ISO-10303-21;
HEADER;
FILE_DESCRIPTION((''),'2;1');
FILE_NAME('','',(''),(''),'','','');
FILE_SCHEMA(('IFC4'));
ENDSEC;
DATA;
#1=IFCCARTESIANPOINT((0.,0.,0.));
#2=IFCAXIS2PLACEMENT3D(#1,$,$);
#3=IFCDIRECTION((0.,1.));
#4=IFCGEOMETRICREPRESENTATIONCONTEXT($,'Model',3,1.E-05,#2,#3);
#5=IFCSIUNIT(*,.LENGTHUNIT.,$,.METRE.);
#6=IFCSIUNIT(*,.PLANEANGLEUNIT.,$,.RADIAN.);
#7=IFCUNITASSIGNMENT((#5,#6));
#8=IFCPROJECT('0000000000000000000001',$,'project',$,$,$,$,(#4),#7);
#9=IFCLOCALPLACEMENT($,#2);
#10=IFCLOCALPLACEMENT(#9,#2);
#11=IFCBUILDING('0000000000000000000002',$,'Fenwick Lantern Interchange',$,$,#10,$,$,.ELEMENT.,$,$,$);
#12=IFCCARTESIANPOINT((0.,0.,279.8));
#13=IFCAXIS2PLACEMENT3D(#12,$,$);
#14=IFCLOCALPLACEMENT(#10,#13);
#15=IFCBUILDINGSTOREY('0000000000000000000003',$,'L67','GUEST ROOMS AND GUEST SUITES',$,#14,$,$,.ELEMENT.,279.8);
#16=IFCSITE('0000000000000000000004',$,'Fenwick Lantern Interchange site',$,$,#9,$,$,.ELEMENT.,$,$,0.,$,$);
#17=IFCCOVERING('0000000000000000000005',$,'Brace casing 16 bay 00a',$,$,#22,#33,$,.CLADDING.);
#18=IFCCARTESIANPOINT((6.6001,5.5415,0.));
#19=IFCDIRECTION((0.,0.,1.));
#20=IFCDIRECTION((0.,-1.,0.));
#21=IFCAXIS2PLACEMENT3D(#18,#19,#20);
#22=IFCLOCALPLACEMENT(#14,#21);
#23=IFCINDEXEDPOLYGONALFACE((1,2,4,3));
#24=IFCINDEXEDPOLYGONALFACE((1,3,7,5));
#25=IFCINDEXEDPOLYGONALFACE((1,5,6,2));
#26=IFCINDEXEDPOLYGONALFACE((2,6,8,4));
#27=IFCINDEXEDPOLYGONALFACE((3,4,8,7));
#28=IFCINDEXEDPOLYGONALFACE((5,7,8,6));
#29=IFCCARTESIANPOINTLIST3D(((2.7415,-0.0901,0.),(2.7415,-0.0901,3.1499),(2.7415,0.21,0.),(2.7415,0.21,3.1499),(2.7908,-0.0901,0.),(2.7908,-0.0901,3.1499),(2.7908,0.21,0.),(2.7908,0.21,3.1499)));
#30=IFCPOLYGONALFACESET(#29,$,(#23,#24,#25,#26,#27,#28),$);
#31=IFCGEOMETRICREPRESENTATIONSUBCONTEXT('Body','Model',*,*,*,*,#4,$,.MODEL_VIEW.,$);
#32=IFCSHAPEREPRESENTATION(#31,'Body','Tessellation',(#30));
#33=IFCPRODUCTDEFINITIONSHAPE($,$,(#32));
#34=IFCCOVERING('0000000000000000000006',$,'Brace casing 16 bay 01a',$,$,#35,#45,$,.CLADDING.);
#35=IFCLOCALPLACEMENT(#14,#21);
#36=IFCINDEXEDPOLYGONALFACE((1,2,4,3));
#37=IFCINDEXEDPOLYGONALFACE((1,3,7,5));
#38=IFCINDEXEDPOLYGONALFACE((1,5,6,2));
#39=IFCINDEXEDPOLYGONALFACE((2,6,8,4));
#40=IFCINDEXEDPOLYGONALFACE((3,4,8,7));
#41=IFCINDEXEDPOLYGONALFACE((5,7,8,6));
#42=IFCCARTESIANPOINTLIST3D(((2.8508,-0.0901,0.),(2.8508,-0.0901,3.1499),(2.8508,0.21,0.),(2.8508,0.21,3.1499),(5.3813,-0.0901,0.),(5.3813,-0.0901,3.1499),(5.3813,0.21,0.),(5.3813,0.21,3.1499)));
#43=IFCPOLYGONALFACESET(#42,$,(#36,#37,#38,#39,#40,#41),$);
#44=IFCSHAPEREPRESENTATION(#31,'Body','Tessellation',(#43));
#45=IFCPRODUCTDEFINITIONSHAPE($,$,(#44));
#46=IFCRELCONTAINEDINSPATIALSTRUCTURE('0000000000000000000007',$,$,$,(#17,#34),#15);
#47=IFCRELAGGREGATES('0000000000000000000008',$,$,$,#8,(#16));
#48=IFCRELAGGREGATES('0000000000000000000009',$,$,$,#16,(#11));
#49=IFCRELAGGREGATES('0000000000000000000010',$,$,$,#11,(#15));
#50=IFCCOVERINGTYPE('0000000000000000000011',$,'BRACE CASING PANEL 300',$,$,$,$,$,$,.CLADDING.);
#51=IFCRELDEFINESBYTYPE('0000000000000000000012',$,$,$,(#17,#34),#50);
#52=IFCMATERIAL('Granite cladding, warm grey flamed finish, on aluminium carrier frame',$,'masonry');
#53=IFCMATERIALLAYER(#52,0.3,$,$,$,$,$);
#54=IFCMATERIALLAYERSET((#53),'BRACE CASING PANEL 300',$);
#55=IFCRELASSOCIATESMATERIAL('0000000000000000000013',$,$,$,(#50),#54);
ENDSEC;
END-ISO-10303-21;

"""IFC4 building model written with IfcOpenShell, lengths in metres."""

from ifc_helpers import new_model, si_unit, direction, frame, origin, place, context, subcontext, project, spatial, polyline, outline, extrude, material, layer, layer_set, type_object, element, save


model = new_model("IFC4")

# Units and contexts
model_context = context("Model", 3, precision=1e-05, world=origin(), true_north=direction((0.0, 1.0)))
body_context = subcontext(model_context, "Body", "Model", "MODEL_VIEW")
ifc_project = project(units=[si_unit("LENGTHUNIT", "METRE"), si_unit("PLANEANGLEUNIT", "RADIAN")], contexts=[model_context])

# Site, building, storey
site_placement = place(None, origin())
site = spatial("IfcSite", under=ifc_project, at=site_placement, Name="Fenwick Lantern Interchange site", CompositionType="ELEMENT", RefElevation=0.0)
building_placement = place(site_placement, origin())
building = spatial("IfcBuilding", under=site, at=building_placement, Name="Fenwick Lantern Interchange", CompositionType="ELEMENT")
storey_placement = place(building_placement, frame((0.0, 0.0, 279.8)))
storey = spatial("IfcBuildingStorey", under=building, at=storey_placement, Name="L67", Description="GUEST ROOMS AND GUEST SUITES", CompositionType="ELEMENT", Elevation=279.8)

# Coverings
ifc_material_1 = material(Name="Granite cladding, warm grey flamed finish, on aluminium carrier frame", Category="masonry")
ifc_layer_1 = layer(ifc_material_1, 0.3)
ifc_layer_set_1 = layer_set([ifc_layer_1], Name="BRACE CASING PANEL 300")
covering_type_1 = type_object("IfcCoveringType", Name="BRACE CASING PANEL 300", PredefinedType="CLADDING", material=ifc_layer_set_1)
covering_1_placement = place(storey_placement, frame((6.6001, 5.5415, 0.0), z_axis=(0.0, 0.0, 1.0), x_axis=(0.0, -1.0, 0.0)))
element("IfcCovering", 1, at=covering_1_placement, inside=storey, type_object=covering_type_1, Name="Brace casing 16 bay 00a", PredefinedType="CLADDING", context=body_context, shape_type="SweptSolid", body=[
    extrude(outline(polyline([(2.7415, 0.0), (2.7908, 0.0), (2.7908, 3.1499), (2.7415, 3.1499), (2.7415, 0.0)])), frame((0.0, 0.21, 0.0), z_axis=(0.0, -1.0, 0.0), x_axis=(1.0, 0.0, 0.0)), (0.0, 0.0, 1.0), 0.3),
])
covering_2_placement = place(storey_placement, frame((6.6001, 5.5415, 0.0), z_axis=(0.0, 0.0, 1.0), x_axis=(0.0, -1.0, 0.0)))
element("IfcCovering", 2, at=covering_2_placement, inside=storey, type_object=covering_type_1, Name="Brace casing 16 bay 01a", PredefinedType="CLADDING", context=body_context, shape_type="SweptSolid", body=[
    extrude(outline(polyline([(2.8508, 0.0), (5.3813, 0.0), (5.3813, 3.1499), (2.8508, 3.1499), (2.8508, 0.0)])), frame((0.0, 0.21, 0.0), z_axis=(0.0, -1.0, 0.0), x_axis=(1.0, 0.0, 0.0)), (0.0, 0.0, 1.0), 0.3),
])

save(model, "model.ifc")
